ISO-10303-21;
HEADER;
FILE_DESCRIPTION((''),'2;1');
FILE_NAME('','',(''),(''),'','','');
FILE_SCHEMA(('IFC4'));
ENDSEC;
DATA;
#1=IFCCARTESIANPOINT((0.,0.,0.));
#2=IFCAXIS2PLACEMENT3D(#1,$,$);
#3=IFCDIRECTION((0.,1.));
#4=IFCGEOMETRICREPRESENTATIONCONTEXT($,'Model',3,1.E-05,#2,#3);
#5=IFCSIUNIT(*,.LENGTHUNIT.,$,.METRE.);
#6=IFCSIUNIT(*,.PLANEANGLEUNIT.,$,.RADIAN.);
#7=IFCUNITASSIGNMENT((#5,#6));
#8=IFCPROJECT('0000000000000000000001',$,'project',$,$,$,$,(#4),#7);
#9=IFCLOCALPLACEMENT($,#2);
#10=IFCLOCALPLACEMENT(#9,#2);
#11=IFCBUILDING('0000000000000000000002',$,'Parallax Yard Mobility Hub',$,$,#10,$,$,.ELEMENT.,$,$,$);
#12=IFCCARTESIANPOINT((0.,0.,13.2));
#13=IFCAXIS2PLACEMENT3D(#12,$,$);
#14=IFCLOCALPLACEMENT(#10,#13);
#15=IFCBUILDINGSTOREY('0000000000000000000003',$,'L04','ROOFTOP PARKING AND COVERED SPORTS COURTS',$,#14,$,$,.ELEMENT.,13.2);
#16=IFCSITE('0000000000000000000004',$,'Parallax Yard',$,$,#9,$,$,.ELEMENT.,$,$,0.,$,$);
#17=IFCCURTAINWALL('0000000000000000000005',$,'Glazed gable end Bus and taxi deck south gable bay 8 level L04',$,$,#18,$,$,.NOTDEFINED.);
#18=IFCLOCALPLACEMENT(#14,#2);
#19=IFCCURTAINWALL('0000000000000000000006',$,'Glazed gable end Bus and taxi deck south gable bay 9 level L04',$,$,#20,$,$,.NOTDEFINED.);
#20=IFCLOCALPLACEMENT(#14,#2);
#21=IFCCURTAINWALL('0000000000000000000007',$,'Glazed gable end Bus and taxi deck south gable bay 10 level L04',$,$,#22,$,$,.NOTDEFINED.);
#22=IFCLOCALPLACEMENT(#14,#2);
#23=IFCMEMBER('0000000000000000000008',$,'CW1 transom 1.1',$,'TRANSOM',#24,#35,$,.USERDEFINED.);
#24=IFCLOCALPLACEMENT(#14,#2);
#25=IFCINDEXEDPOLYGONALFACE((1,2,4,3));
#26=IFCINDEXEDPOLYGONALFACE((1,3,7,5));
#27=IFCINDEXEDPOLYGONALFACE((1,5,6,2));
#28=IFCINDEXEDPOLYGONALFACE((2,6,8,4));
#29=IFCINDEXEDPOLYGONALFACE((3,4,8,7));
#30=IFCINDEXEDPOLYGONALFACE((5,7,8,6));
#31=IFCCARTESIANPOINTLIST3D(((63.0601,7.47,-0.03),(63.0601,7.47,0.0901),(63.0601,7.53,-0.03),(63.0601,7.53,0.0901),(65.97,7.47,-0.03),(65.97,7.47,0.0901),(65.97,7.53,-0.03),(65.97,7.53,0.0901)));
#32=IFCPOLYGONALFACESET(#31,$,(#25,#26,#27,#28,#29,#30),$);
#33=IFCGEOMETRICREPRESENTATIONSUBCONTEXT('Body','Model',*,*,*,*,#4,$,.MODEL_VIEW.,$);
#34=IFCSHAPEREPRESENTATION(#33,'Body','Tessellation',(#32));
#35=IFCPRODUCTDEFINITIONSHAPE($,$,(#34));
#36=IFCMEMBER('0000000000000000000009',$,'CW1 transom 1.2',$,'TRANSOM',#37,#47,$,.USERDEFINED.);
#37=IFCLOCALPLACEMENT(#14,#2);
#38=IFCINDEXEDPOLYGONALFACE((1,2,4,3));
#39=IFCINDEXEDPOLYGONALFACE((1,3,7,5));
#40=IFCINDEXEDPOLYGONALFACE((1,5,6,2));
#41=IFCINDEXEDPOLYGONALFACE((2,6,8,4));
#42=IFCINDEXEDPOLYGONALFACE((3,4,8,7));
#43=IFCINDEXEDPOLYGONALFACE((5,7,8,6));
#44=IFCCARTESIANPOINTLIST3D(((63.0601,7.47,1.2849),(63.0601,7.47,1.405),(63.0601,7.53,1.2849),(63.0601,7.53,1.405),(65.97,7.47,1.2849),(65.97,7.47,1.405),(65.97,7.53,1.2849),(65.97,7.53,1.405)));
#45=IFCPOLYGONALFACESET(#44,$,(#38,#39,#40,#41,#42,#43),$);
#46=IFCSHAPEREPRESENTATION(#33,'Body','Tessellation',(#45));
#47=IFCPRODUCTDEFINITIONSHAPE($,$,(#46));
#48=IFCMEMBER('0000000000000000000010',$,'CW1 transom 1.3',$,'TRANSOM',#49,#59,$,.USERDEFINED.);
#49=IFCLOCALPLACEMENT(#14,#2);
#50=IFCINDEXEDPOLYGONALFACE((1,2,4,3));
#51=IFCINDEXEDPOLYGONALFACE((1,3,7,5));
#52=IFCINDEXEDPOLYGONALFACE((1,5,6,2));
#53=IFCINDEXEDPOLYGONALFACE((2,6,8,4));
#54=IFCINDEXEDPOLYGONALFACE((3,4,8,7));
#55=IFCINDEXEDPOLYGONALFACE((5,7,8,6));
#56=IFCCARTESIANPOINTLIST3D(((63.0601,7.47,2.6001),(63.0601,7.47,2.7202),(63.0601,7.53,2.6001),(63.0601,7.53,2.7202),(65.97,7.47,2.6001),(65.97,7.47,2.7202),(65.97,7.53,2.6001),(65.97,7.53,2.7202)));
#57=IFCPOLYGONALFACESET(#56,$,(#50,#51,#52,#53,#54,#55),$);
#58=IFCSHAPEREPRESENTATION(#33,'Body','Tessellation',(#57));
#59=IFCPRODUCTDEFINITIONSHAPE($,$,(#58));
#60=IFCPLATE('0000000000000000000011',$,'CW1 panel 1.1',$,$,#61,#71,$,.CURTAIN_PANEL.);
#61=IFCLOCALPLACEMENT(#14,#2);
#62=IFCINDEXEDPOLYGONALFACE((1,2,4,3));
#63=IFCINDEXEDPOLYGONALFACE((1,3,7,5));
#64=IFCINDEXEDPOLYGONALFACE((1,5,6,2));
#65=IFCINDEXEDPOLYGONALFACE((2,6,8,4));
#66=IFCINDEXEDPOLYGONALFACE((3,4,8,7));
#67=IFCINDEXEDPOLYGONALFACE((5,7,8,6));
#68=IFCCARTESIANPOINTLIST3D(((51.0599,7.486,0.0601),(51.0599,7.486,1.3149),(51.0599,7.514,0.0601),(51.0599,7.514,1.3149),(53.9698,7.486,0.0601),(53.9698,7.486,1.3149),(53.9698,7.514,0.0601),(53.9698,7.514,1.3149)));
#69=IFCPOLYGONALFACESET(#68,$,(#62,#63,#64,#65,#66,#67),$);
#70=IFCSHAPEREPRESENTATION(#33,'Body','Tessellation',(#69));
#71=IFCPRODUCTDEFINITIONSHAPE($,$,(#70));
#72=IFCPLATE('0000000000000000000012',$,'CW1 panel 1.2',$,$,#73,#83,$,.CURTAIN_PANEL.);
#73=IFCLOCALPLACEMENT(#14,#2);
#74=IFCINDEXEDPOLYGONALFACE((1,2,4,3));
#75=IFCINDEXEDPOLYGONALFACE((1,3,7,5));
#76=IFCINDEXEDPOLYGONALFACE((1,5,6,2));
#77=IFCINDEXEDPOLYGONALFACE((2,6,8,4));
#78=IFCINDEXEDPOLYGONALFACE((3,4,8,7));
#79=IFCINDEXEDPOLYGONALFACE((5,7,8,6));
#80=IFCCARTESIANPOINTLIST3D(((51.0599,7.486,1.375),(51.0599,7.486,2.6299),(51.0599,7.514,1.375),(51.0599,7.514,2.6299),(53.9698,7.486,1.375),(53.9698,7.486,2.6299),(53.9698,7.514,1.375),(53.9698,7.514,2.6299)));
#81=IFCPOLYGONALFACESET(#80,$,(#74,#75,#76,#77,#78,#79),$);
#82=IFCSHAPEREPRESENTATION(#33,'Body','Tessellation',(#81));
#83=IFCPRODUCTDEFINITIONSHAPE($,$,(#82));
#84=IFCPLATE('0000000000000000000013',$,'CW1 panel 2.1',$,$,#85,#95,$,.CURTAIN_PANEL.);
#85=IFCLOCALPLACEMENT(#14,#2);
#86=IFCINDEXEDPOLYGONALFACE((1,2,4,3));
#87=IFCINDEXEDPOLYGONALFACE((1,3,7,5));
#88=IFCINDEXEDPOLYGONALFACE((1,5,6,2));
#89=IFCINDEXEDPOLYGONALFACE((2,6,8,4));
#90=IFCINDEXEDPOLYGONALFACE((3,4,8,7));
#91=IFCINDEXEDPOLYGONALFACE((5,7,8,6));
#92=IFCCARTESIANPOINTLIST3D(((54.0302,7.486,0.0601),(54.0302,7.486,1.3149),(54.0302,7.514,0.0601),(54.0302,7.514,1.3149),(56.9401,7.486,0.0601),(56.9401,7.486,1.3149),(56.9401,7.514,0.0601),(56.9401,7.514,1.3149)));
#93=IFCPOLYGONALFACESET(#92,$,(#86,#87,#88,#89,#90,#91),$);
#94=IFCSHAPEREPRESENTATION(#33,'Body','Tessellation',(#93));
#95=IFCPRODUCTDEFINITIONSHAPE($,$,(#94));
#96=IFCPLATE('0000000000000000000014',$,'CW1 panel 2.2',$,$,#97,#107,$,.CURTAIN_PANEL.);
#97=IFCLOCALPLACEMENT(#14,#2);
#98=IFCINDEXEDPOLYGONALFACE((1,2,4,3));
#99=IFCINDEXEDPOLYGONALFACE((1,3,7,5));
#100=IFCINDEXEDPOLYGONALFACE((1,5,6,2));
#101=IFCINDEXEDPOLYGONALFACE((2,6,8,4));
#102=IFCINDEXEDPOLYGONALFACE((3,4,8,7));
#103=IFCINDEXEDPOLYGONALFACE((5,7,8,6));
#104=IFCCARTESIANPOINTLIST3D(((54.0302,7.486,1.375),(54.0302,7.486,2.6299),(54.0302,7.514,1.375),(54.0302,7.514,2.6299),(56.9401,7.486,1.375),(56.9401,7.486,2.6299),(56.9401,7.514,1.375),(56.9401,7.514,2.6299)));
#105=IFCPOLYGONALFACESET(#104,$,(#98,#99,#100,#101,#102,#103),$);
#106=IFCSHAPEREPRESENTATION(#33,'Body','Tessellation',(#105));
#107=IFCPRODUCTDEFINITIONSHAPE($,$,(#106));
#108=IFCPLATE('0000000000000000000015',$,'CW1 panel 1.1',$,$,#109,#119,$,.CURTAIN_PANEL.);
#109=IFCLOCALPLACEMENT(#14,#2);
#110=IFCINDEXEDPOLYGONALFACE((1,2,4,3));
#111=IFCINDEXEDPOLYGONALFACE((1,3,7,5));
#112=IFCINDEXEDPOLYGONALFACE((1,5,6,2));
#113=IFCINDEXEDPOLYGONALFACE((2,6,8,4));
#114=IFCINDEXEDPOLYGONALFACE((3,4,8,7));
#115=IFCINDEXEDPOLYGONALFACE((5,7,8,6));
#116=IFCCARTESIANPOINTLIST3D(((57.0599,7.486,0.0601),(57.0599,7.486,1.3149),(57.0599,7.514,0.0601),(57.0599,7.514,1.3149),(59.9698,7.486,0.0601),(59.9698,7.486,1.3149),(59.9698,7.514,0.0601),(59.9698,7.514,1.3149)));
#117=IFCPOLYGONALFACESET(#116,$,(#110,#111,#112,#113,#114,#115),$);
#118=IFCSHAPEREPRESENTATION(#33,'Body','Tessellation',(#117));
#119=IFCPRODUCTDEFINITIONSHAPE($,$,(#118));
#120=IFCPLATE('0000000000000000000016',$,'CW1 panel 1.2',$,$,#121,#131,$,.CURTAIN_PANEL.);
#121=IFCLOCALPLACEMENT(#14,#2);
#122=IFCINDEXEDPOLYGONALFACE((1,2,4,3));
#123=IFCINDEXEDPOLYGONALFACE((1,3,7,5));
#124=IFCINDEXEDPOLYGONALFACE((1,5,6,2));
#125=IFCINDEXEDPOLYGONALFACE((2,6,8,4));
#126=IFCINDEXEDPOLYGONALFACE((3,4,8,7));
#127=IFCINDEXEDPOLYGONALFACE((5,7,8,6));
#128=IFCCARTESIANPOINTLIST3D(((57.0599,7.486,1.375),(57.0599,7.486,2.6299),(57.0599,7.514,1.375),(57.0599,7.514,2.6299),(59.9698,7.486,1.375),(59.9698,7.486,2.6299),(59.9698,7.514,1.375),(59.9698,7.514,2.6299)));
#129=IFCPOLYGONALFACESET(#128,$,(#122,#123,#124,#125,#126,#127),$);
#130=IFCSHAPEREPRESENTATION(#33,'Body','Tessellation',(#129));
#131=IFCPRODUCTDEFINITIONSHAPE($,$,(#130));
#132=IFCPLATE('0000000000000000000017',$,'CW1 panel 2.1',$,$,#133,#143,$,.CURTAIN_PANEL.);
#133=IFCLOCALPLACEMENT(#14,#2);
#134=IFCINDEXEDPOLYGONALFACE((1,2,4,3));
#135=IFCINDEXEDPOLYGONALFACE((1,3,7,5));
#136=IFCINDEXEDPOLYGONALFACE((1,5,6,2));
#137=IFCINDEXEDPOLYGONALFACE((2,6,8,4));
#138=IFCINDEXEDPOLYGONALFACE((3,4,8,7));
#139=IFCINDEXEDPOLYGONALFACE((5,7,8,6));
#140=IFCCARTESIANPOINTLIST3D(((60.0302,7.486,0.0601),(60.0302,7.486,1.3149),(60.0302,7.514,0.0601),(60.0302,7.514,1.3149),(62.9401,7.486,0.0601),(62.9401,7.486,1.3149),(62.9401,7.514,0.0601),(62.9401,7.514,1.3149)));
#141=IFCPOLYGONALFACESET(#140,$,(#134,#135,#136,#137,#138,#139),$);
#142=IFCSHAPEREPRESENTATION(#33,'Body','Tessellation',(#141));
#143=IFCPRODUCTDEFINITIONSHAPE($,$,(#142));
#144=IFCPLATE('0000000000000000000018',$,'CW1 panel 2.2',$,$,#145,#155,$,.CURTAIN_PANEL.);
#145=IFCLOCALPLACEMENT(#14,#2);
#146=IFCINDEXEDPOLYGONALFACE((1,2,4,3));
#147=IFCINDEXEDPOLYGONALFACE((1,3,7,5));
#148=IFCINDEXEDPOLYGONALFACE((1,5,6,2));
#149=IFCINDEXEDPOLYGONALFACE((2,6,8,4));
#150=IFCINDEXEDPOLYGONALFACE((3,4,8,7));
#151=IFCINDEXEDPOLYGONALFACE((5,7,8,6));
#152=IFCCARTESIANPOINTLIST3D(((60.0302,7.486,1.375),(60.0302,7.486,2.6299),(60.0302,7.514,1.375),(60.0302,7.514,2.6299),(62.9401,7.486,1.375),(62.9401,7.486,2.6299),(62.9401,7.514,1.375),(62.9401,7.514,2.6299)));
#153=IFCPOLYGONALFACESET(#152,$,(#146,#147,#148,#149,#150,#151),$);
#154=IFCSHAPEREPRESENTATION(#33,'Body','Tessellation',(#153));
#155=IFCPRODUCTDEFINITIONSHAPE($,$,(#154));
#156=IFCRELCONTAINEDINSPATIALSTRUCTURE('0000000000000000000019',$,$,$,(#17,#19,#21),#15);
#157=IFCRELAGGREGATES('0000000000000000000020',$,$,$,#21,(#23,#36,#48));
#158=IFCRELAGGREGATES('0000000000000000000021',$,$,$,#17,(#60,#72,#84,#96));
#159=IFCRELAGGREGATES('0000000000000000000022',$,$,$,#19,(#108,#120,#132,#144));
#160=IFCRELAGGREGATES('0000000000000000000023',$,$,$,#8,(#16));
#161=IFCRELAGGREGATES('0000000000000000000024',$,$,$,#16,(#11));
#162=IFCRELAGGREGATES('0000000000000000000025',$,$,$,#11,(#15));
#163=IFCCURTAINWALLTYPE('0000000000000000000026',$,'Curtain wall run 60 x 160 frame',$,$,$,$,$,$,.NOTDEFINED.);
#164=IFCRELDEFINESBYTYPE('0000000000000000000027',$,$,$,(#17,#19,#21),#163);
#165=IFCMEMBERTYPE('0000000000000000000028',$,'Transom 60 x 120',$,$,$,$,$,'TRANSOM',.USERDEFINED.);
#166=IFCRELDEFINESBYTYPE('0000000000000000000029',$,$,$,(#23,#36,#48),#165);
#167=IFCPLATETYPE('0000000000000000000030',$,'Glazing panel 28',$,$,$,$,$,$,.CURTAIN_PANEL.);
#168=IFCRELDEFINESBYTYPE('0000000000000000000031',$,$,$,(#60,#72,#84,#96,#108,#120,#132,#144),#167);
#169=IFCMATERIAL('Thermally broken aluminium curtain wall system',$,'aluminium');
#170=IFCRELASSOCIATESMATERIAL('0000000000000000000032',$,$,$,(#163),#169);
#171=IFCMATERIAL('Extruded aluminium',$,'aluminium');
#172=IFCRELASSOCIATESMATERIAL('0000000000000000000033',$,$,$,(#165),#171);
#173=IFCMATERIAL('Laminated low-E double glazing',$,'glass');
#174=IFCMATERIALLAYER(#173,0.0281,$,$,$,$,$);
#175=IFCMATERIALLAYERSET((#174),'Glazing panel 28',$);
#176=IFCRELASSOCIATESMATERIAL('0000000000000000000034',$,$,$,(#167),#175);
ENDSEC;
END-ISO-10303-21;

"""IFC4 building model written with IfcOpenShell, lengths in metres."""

from ifc_helpers import new_model, si_unit, direction, frame, origin, origin_2d, place, context, subcontext, project, spatial, rectangle, extrude, material, layer, layer_set, material_profile, profile_set, type_object, element, aggregate, save


model = new_model("IFC4")

# Units and contexts
model_context = context("Model", 3, precision=1e-05, world=origin(), true_north=direction((0.0, 1.0)))
body_context = subcontext(model_context, "Body", "Model", "MODEL_VIEW")
ifc_project = project(units=[si_unit("LENGTHUNIT", "METRE"), si_unit("PLANEANGLEUNIT", "RADIAN")], contexts=[model_context])

# Site, building, storey
site_placement = place(None, origin())
site = spatial("IfcSite", under=ifc_project, at=site_placement, Name="Parallax Yard", CompositionType="ELEMENT", RefElevation=0.0)
building_placement = place(site_placement, origin())
building = spatial("IfcBuilding", under=site, at=building_placement, Name="Parallax Yard Mobility Hub", CompositionType="ELEMENT")
storey_placement = place(building_placement, frame((0.0, 0.0, 13.2)))
storey = spatial("IfcBuildingStorey", under=building, at=storey_placement, Name="L04", Description="ROOFTOP PARKING AND COVERED SPORTS COURTS", CompositionType="ELEMENT", Elevation=13.2)

# Curtain walls
ifc_material_1 = material(Name="Thermally broken aluminium curtain wall system", Category="aluminium")
curtain_wall_type = type_object("IfcCurtainWallType", Name="Curtain wall run 60 x 160 frame", PredefinedType="NOTDEFINED", material=ifc_material_1)
curtain_wall_1_placement = place(storey_placement, origin())
curtain_wall_1 = element("IfcCurtainWall", 1, at=curtain_wall_1_placement, inside=storey, type_object=curtain_wall_type, Name="Glazed gable end Bus and taxi deck south gable bay 8 level L04", PredefinedType="NOTDEFINED")
ifc_material_2 = material(Name="Extruded aluminium", Category="aluminium")
curtain_wall_2_placement = place(storey_placement, origin())
curtain_wall_2 = element("IfcCurtainWall", 2, at=curtain_wall_2_placement, inside=storey, type_object=curtain_wall_type, Name="Glazed gable end Bus and taxi deck south gable bay 9 level L04", PredefinedType="NOTDEFINED")

# Curtain wall
curtain_wall_3_placement = place(storey_placement, origin())
curtain_wall_3 = element("IfcCurtainWall", 3, at=curtain_wall_3_placement, inside=storey, type_object=curtain_wall_type, Name="Glazed gable end Bus and taxi deck south gable bay 10 level L04", PredefinedType="NOTDEFINED")

# Members
ifc_material_profile_1 = material_profile(ifc_material_2, rectangle(XDim=0.0601, YDim=0.1201, at=origin_2d()), Name="Transom 60 x 120")
ifc_profile_set_1 = profile_set([ifc_material_profile_1], Name="Extruded aluminium")
member_type_1 = type_object("IfcMemberType", Name="Transom 60 x 120", ElementType="TRANSOM", PredefinedType="USERDEFINED", material=ifc_profile_set_1)
member_1_placement = place(storey_placement, frame((63.0601, 7.5, 0.03), z_axis=(1.0, 0.0, 0.0), x_axis=(0.0, 1.0, 0.0)))
member_1 = element("IfcMember", 4, at=member_1_placement, type_object=member_type_1, Name="CW1 transom 1.1", ObjectType="TRANSOM", PredefinedType="USERDEFINED", context=body_context, shape_type="SweptSolid", body=[
    extrude(rectangle(XDim=0.0601, YDim=0.1201, at=origin_2d()), origin(), (0.0, 0.0, 1.0), 2.9099),
])
member_2_placement = place(storey_placement, frame((63.0601, 7.5, 1.345), z_axis=(1.0, 0.0, 0.0), x_axis=(0.0, 1.0, 0.0)))
member_2 = element("IfcMember", 5, at=member_2_placement, type_object=member_type_1, Name="CW1 transom 1.2", ObjectType="TRANSOM", PredefinedType="USERDEFINED", context=body_context, shape_type="SweptSolid", body=[
    extrude(rectangle(XDim=0.0601, YDim=0.1201, at=origin_2d()), origin(), (0.0, 0.0, 1.0), 2.9099),
])
member_3_placement = place(storey_placement, frame((63.0601, 7.5, 2.6602), z_axis=(1.0, 0.0, 0.0), x_axis=(0.0, 1.0, 0.0)))
member_3 = element("IfcMember", 6, at=member_3_placement, type_object=member_type_1, Name="CW1 transom 1.3", ObjectType="TRANSOM", PredefinedType="USERDEFINED", context=body_context, shape_type="SweptSolid", body=[
    extrude(rectangle(XDim=0.0601, YDim=0.1201, at=origin_2d()), origin(), (0.0, 0.0, 1.0), 2.9099),
])
aggregate(curtain_wall_3, [member_1, member_2, member_3])

# Plates
ifc_material_3 = material(Name="Laminated low-E double glazing", Category="glass")
ifc_layer = layer(ifc_material_3, 0.0281)
ifc_layer_set = layer_set([ifc_layer], Name="Glazing panel 28")
plate_type = type_object("IfcPlateType", Name="Glazing panel 28", PredefinedType="CURTAIN_PANEL", material=ifc_layer_set)
plate_1_placement = place(storey_placement, frame((52.5149, 7.5, 0.0601), z_axis=(0.0, 0.0, 1.0), x_axis=(1.0, 0.0, 0.0)))
plate_1 = element("IfcPlate", 7, at=plate_1_placement, type_object=plate_type, Name="CW1 panel 1.1", PredefinedType="CURTAIN_PANEL", context=body_context, shape_type="SweptSolid", body=[
    extrude(rectangle(XDim=2.9099, YDim=0.0281, at=origin_2d()), origin(), (0.0, 0.0, 1.0), 1.2549),
])
plate_2_placement = place(storey_placement, frame((52.5149, 7.5, 1.375), z_axis=(0.0, 0.0, 1.0), x_axis=(1.0, 0.0, 0.0)))
plate_2 = element("IfcPlate", 8, at=plate_2_placement, type_object=plate_type, Name="CW1 panel 1.2", PredefinedType="CURTAIN_PANEL", context=body_context, shape_type="SweptSolid", body=[
    extrude(rectangle(XDim=2.9099, YDim=0.0281, at=origin_2d()), origin(), (0.0, 0.0, 1.0), 1.2549),
])
plate_3_placement = place(storey_placement, frame((55.4851, 7.5, 0.0601), z_axis=(0.0, 0.0, 1.0), x_axis=(1.0, 0.0, 0.0)))
plate_3 = element("IfcPlate", 9, at=plate_3_placement, type_object=plate_type, Name="CW1 panel 2.1", PredefinedType="CURTAIN_PANEL", context=body_context, shape_type="SweptSolid", body=[
    extrude(rectangle(XDim=2.9099, YDim=0.0281, at=origin_2d()), origin(), (0.0, 0.0, 1.0), 1.2549),
])
plate_4_placement = place(storey_placement, frame((55.4851, 7.5, 1.375), z_axis=(0.0, 0.0, 1.0), x_axis=(1.0, 0.0, 0.0)))
plate_4 = element("IfcPlate", 10, at=plate_4_placement, type_object=plate_type, Name="CW1 panel 2.2", PredefinedType="CURTAIN_PANEL", context=body_context, shape_type="SweptSolid", body=[
    extrude(rectangle(XDim=2.9099, YDim=0.0281, at=origin_2d()), origin(), (0.0, 0.0, 1.0), 1.2549),
])
aggregate(curtain_wall_1, [plate_1, plate_2, plate_3, plate_4])
plate_5_placement = place(storey_placement, frame((58.5149, 7.5, 0.0601), z_axis=(0.0, 0.0, 1.0), x_axis=(1.0, 0.0, 0.0)))
plate_5 = element("IfcPlate", 11, at=plate_5_placement, type_object=plate_type, Name="CW1 panel 1.1", PredefinedType="CURTAIN_PANEL", context=body_context, shape_type="SweptSolid", body=[
    extrude(rectangle(XDim=2.9099, YDim=0.0281, at=origin_2d()), origin(), (0.0, 0.0, 1.0), 1.2549),
])
plate_6_placement = place(storey_placement, frame((58.5149, 7.5, 1.375), z_axis=(0.0, 0.0, 1.0), x_axis=(1.0, 0.0, 0.0)))
plate_6 = element("IfcPlate", 12, at=plate_6_placement, type_object=plate_type, Name="CW1 panel 1.2", PredefinedType="CURTAIN_PANEL", context=body_context, shape_type="SweptSolid", body=[
    extrude(rectangle(XDim=2.9099, YDim=0.0281, at=origin_2d()), origin(), (0.0, 0.0, 1.0), 1.2549),
])
plate_7_placement = place(storey_placement, frame((61.4851, 7.5, 0.0601), z_axis=(0.0, 0.0, 1.0), x_axis=(1.0, 0.0, 0.0)))
plate_7 = element("IfcPlate", 13, at=plate_7_placement, type_object=plate_type, Name="CW1 panel 2.1", PredefinedType="CURTAIN_PANEL", context=body_context, shape_type="SweptSolid", body=[
    extrude(rectangle(XDim=2.9099, YDim=0.0281, at=origin_2d()), origin(), (0.0, 0.0, 1.0), 1.2549),
])
plate_8_placement = place(storey_placement, frame((61.4851, 7.5, 1.375), z_axis=(0.0, 0.0, 1.0), x_axis=(1.0, 0.0, 0.0)))
plate_8 = element("IfcPlate", 14, at=plate_8_placement, type_object=plate_type, Name="CW1 panel 2.2", PredefinedType="CURTAIN_PANEL", context=body_context, shape_type="SweptSolid", body=[
    extrude(rectangle(XDim=2.9099, YDim=0.0281, at=origin_2d()), origin(), (0.0, 0.0, 1.0), 1.2549),
])
aggregate(curtain_wall_2, [plate_5, plate_6, plate_7, plate_8])

save(model, "model.ifc")
